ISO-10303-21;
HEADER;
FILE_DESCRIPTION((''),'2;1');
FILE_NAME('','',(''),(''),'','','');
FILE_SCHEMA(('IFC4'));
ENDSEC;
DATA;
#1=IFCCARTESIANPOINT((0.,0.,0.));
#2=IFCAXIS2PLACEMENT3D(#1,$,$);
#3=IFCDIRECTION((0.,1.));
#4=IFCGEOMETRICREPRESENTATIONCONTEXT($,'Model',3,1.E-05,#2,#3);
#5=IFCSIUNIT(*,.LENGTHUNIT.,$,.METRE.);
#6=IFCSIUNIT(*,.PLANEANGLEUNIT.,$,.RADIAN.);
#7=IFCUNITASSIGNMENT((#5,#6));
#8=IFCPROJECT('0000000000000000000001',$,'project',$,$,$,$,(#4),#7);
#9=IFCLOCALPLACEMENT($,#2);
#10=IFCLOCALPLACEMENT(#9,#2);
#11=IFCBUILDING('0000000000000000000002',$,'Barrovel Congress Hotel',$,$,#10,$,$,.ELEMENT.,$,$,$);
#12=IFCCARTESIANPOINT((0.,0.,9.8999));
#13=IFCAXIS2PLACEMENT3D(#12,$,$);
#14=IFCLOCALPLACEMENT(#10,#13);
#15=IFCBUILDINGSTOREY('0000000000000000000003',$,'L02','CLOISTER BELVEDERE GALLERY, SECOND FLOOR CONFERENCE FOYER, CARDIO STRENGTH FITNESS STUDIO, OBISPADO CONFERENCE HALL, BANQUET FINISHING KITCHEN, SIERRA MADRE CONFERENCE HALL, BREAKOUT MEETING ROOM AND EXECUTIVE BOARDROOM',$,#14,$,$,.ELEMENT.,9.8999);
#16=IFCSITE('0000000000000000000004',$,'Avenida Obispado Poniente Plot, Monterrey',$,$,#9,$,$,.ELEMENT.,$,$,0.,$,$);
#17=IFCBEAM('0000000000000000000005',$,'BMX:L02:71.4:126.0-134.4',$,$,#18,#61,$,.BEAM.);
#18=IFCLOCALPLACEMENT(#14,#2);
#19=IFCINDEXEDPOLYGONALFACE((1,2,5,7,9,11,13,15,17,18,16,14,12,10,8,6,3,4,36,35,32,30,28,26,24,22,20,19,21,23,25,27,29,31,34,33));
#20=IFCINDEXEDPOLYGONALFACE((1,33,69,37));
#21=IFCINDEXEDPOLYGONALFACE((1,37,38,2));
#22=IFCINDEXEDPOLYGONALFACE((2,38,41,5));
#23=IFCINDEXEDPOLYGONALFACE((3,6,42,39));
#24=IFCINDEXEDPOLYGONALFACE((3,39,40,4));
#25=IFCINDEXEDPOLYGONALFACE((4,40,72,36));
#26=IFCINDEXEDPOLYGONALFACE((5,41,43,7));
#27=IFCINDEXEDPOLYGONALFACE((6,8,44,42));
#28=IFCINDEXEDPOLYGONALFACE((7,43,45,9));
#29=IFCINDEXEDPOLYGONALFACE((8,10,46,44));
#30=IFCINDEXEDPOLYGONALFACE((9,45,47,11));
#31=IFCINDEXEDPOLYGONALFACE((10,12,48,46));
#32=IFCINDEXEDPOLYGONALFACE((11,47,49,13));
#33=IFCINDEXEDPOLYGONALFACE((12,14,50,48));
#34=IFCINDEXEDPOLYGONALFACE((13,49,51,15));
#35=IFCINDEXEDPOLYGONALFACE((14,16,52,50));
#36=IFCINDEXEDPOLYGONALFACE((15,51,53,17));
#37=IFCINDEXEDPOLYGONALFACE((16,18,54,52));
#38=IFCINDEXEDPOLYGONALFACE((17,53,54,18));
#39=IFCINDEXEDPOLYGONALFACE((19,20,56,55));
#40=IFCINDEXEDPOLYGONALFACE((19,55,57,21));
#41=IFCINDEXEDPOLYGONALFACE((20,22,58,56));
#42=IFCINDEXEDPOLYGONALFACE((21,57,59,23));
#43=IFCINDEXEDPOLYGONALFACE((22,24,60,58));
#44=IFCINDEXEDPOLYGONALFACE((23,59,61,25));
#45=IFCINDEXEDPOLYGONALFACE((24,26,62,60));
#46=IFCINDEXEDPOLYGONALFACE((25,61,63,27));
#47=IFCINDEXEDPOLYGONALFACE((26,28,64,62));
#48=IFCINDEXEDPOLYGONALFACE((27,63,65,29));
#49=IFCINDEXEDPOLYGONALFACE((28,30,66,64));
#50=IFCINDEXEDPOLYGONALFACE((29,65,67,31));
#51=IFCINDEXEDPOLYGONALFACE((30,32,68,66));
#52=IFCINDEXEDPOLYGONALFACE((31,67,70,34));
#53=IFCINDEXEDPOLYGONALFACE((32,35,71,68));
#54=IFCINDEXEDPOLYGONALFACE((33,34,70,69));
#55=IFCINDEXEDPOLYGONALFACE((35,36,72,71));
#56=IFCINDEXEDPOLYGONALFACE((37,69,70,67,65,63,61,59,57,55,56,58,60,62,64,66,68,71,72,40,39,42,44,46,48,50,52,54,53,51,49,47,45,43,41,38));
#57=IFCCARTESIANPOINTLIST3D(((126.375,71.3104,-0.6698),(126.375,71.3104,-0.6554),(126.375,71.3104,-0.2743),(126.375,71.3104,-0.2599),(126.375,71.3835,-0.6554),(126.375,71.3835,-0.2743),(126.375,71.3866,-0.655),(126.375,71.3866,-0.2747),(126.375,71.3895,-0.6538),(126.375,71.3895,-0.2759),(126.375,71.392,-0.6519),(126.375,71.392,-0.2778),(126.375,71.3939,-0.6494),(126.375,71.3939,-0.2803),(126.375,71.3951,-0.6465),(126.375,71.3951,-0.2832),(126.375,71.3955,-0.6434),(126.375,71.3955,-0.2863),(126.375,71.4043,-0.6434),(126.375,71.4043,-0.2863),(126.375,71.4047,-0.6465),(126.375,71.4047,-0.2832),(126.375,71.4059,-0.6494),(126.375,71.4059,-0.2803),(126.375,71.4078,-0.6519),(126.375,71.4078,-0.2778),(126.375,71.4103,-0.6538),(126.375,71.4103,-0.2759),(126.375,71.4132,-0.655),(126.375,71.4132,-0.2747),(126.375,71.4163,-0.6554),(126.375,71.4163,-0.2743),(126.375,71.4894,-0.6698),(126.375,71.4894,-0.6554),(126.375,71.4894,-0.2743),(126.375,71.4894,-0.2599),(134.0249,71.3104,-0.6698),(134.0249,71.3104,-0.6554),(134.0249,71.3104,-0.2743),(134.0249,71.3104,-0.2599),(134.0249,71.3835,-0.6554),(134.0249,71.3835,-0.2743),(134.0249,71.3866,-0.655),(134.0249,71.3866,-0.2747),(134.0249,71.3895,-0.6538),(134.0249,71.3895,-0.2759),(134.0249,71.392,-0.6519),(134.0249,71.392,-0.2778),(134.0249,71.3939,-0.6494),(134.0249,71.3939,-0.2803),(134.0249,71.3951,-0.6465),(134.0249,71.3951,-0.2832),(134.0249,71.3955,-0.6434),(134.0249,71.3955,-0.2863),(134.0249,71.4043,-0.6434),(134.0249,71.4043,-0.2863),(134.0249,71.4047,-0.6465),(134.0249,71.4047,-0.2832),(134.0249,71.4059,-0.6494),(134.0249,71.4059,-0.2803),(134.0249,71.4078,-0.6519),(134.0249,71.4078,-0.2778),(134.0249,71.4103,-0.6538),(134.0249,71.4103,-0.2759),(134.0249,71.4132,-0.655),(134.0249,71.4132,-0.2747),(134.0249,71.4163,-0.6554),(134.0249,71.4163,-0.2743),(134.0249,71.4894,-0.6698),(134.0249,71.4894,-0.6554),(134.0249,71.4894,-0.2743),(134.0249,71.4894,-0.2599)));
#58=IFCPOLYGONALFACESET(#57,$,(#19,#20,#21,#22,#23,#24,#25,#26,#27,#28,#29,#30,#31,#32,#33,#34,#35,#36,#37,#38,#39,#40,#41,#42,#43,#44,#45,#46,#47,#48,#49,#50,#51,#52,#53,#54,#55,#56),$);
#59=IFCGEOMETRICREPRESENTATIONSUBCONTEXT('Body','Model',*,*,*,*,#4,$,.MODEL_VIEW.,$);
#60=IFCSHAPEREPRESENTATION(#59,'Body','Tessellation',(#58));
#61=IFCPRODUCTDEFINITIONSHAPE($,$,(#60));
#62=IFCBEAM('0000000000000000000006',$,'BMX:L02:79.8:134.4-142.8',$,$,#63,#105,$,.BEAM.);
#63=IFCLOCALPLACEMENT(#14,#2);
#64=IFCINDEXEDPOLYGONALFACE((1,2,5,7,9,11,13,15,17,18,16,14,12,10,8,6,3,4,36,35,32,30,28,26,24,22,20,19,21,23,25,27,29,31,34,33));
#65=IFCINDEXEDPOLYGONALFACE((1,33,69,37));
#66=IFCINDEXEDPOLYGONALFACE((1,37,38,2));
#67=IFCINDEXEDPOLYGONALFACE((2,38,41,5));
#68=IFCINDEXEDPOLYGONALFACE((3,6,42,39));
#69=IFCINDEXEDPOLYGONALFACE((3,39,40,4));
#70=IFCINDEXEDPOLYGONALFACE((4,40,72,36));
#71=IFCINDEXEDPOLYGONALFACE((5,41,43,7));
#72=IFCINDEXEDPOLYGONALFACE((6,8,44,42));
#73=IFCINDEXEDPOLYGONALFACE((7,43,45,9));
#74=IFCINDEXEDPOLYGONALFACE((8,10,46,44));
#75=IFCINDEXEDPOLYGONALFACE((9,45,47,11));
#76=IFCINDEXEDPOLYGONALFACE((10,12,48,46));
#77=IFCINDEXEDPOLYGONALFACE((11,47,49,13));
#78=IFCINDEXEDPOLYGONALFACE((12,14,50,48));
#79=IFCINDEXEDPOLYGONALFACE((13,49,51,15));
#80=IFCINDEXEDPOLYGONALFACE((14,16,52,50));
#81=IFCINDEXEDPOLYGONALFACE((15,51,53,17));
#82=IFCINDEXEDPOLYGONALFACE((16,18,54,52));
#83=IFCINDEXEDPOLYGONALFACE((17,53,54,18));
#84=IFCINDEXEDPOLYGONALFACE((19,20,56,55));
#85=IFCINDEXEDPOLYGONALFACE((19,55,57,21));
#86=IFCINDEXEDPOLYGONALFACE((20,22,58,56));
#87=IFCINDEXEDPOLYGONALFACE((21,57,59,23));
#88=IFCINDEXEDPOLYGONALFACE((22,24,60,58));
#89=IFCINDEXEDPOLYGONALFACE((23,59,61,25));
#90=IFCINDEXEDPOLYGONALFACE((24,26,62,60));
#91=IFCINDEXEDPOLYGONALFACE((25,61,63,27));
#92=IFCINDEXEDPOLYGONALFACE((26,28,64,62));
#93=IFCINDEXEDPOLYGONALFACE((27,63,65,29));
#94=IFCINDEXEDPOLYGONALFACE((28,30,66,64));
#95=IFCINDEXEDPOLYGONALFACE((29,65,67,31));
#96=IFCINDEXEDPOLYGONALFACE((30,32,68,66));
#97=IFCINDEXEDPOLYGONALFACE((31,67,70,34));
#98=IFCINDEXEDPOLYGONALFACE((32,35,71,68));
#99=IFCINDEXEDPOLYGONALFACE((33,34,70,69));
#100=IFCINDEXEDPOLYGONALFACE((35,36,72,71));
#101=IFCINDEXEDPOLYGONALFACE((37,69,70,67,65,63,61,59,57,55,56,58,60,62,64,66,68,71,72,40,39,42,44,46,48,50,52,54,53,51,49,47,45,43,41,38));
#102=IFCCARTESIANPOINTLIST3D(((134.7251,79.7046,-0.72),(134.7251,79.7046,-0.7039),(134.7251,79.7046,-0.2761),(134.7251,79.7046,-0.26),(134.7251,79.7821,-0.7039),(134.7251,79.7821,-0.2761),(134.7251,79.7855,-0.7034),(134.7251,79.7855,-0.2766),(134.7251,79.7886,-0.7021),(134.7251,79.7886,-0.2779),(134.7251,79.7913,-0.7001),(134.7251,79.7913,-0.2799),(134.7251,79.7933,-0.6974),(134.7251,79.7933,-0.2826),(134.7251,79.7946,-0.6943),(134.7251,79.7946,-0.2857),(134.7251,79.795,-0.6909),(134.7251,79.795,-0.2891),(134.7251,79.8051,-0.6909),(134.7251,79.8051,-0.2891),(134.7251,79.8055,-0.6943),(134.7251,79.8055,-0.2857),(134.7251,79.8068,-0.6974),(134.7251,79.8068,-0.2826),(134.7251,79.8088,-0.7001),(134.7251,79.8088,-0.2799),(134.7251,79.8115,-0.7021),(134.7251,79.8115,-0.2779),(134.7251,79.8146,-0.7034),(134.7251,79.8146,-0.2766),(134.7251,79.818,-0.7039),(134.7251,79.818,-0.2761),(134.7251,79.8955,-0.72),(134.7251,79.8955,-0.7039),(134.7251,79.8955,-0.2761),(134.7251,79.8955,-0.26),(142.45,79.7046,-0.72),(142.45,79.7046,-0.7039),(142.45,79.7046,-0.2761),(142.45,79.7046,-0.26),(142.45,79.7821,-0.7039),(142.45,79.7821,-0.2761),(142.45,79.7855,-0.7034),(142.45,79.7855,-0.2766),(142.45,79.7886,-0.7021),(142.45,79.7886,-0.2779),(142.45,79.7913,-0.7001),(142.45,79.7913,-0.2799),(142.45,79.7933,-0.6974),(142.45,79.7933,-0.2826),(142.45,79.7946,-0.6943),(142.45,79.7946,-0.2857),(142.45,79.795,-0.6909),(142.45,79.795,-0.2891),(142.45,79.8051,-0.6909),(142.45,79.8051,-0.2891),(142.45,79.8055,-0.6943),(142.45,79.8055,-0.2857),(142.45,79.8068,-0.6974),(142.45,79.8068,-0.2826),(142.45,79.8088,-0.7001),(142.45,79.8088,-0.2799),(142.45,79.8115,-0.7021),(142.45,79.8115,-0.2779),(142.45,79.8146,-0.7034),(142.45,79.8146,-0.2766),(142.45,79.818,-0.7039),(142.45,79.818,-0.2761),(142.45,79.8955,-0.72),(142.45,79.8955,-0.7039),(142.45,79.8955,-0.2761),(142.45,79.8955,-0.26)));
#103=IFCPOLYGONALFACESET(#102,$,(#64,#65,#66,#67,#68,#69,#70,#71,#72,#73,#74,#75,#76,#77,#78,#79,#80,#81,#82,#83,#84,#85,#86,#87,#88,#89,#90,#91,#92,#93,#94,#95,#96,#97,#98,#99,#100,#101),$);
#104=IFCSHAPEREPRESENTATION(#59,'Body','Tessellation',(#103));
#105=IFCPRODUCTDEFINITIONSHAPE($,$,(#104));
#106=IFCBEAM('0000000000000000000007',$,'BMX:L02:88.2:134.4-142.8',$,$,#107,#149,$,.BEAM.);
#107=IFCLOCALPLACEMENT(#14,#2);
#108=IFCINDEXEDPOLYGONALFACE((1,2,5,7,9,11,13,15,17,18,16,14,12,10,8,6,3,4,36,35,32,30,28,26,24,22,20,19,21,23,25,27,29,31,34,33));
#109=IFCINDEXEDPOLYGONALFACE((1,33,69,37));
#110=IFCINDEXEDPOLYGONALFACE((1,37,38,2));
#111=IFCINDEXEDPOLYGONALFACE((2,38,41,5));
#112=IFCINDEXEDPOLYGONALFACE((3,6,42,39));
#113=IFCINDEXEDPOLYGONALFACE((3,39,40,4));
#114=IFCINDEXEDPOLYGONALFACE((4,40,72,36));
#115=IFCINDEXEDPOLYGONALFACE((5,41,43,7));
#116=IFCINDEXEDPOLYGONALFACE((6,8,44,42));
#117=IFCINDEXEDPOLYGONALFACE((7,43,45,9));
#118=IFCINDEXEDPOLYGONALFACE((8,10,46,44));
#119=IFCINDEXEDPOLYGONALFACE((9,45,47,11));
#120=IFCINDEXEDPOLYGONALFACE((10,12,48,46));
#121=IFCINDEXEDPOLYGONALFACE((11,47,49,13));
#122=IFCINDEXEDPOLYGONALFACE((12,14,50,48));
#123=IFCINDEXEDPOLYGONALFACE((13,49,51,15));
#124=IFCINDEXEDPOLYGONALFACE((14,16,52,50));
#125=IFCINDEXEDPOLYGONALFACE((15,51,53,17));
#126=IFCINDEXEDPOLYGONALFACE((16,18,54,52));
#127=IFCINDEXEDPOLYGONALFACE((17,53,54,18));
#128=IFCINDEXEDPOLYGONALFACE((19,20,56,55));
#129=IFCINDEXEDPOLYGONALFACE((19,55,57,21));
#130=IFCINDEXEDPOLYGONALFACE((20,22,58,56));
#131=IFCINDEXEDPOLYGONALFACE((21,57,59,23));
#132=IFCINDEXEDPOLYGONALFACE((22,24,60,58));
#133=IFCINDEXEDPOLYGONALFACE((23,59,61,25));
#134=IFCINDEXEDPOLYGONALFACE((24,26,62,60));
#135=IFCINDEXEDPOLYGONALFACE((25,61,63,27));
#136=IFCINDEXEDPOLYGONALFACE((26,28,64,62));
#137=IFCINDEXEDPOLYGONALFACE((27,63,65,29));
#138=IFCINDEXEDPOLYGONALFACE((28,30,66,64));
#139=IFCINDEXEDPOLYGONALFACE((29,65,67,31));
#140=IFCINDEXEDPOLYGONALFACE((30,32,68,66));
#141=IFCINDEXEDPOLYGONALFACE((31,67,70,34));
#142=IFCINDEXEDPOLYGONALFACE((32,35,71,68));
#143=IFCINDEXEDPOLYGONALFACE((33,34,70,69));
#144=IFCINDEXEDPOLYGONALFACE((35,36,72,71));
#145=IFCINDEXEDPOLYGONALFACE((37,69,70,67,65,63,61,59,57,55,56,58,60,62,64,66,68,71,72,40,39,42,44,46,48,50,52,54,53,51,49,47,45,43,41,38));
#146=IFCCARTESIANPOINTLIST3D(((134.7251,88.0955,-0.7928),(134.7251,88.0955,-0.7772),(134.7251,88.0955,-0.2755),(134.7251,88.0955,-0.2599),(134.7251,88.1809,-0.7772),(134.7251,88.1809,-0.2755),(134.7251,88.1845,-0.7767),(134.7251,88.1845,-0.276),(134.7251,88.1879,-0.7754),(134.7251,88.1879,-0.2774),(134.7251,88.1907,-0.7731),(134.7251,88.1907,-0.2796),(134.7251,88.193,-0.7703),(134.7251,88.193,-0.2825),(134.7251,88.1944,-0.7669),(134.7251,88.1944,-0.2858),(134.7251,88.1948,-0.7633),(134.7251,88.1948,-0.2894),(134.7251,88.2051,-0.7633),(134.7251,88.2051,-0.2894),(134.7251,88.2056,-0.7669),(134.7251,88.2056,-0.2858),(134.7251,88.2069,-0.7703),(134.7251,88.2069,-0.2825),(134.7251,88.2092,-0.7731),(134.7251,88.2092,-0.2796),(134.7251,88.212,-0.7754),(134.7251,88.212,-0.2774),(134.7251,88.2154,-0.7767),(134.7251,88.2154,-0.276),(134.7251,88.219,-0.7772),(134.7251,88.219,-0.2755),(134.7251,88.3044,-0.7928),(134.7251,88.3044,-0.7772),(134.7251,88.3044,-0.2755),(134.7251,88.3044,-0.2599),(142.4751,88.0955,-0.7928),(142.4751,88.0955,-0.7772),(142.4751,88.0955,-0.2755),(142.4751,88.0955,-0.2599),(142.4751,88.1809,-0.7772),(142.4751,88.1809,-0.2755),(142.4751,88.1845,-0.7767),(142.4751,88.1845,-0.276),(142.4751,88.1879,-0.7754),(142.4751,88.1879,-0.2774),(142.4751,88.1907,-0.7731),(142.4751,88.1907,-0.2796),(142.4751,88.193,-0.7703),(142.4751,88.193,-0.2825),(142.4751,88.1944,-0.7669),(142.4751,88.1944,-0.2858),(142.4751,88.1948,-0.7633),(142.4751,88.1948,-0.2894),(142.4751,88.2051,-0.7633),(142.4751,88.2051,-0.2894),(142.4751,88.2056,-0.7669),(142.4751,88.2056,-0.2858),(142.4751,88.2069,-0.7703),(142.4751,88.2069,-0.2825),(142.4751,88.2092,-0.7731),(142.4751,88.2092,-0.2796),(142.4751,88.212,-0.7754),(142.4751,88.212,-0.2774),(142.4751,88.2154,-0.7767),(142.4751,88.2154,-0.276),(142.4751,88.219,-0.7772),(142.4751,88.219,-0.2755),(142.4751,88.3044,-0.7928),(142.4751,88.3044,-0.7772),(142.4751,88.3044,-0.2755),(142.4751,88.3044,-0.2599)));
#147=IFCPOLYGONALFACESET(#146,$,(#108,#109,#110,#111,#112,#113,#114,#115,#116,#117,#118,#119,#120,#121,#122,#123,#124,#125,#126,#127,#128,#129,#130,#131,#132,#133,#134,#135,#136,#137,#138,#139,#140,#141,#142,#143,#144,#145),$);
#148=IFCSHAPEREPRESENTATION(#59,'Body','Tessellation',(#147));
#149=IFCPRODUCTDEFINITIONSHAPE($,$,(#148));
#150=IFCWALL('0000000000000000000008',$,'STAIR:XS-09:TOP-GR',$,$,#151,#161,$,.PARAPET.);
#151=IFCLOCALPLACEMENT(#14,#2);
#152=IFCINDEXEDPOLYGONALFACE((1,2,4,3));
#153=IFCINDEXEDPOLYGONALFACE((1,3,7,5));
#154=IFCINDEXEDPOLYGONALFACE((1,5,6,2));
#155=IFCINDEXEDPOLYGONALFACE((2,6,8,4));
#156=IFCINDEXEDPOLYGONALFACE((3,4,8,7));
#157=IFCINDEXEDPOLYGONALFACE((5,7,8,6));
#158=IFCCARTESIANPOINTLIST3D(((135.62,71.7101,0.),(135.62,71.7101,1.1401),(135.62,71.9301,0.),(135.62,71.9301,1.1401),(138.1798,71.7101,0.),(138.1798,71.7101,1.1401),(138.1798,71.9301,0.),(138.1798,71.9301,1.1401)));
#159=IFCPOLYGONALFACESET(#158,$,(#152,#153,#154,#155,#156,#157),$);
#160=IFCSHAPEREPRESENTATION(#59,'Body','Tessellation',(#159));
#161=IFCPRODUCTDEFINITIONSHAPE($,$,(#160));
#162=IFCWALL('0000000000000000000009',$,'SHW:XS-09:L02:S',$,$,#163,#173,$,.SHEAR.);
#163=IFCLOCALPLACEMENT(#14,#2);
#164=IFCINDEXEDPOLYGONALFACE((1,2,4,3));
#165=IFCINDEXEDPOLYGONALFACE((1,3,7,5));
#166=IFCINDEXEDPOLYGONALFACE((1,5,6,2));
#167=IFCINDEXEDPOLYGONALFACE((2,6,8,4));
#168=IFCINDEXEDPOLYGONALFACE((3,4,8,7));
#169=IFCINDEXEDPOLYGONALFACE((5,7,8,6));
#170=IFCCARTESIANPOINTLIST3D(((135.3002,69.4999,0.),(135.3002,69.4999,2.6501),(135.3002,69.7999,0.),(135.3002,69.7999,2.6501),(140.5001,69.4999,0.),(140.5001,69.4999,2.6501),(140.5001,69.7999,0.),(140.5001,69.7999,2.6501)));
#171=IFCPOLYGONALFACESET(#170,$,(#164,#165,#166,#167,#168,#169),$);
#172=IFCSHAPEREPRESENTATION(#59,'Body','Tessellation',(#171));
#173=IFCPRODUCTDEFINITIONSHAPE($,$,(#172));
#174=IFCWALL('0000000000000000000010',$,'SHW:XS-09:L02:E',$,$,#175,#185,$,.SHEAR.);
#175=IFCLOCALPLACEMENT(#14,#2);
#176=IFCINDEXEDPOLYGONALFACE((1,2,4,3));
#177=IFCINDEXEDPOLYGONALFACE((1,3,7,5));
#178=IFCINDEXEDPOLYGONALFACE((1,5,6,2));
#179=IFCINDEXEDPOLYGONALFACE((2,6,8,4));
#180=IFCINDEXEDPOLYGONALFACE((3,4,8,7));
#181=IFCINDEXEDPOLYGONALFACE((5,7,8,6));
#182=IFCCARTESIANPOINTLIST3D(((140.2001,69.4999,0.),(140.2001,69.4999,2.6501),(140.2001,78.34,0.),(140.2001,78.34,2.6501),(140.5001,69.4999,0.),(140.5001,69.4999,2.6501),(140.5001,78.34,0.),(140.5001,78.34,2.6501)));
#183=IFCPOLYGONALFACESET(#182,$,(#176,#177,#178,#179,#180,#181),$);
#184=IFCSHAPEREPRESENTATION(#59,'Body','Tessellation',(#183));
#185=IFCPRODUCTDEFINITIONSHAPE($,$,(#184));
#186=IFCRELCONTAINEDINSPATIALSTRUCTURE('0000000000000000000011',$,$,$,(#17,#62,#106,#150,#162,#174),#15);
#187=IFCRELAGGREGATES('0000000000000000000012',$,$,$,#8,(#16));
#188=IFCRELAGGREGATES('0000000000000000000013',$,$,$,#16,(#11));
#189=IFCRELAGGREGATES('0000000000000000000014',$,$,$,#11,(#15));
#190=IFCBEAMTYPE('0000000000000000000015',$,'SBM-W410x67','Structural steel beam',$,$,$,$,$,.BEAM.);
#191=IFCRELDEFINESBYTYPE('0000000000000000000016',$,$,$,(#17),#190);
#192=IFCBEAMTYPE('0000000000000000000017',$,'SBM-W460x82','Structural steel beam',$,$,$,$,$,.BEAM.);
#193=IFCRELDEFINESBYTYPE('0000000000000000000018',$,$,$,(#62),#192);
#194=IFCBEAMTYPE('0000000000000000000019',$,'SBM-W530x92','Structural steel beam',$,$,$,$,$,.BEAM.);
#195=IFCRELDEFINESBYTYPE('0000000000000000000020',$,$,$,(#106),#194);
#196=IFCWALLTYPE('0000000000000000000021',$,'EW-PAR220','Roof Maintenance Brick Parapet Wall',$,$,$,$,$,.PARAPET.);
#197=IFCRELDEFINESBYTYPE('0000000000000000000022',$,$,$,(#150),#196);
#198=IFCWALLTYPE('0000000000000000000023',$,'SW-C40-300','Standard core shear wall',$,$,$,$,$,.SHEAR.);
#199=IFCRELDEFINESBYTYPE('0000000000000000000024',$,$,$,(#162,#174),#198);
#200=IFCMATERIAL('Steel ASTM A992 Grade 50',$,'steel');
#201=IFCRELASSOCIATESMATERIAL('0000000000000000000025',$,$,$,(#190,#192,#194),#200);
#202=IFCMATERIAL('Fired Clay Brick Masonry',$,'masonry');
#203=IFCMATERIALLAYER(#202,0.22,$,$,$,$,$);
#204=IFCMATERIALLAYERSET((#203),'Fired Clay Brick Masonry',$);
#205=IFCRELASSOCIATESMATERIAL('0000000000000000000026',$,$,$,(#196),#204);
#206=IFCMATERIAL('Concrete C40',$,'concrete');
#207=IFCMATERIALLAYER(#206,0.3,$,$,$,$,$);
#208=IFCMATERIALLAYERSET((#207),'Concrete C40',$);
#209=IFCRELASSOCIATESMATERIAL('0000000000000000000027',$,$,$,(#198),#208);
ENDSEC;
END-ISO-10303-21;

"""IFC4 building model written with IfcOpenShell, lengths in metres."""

from ifc_helpers import new_model, si_unit, direction, frame, frame_2d, origin, origin_2d, place, context, subcontext, project, spatial, rectangle, i_section, extrude, material, layer, layer_set, material_profile, profile_set, type_object, element, save


model = new_model("IFC4")

# Units and contexts
model_context = context("Model", 3, precision=1e-05, world=origin(), true_north=direction((0.0, 1.0)))
body_context = subcontext(model_context, "Body", "Model", "MODEL_VIEW")
ifc_project = project(units=[si_unit("LENGTHUNIT", "METRE"), si_unit("PLANEANGLEUNIT", "RADIAN")], contexts=[model_context])

# Site, building, storey
site_placement = place(None, origin())
site = spatial("IfcSite", under=ifc_project, at=site_placement, Name="Avenida Obispado Poniente Plot, Monterrey", CompositionType="ELEMENT", RefElevation=0.0)
building_placement = place(site_placement, origin())
building = spatial("IfcBuilding", under=site, at=building_placement, Name="Barrovel Congress Hotel", CompositionType="ELEMENT")
storey_placement = place(building_placement, frame((0.0, 0.0, 9.8999)))
storey = spatial("IfcBuildingStorey", under=building, at=storey_placement, Name="L02", Description="CLOISTER BELVEDERE GALLERY, SECOND FLOOR CONFERENCE FOYER, CARDIO STRENGTH FITNESS STUDIO, OBISPADO CONFERENCE HALL, BANQUET FINISHING KITCHEN, SIERRA MADRE CONFERENCE HALL, BREAKOUT MEETING ROOM AND EXECUTIVE BOARDROOM", CompositionType="ELEMENT", Elevation=9.8999)

# Shared definitions
ifc_material_1 = material(Name="Concrete C40", Category="concrete")

# Beams
ifc_material_2 = material(Name="Steel ASTM A992 Grade 50", Category="steel")
ifc_material_profile_1 = material_profile(ifc_material_2, i_section(OverallWidth=0.179, OverallDepth=0.4099, WebThickness=0.0088, FlangeThickness=0.0144, FilletRadius=0.012, at=origin_2d()), Name="W410x67")
ifc_profile_set_1 = profile_set([ifc_material_profile_1], Name="Steel ASTM A992 Grade 50")
beam_type_1 = type_object("IfcBeamType", Name="SBM-W410x67", Description="Structural steel beam", PredefinedType="BEAM", material=ifc_profile_set_1)
beam_1_placement = place(storey_placement, frame((126.375, 71.3999, -0.4648), z_axis=(1.0, 0.0, 0.0), x_axis=(0.0, 1.0, 0.0)))
element("IfcBeam", 1, at=beam_1_placement, inside=storey, type_object=beam_type_1, Name="BMX:L02:71.4:126.0-134.4", PredefinedType="BEAM", context=body_context, shape_type="SweptSolid", body=[
    extrude(i_section(OverallWidth=0.179, OverallDepth=0.4099, WebThickness=0.0088, FlangeThickness=0.0144, FilletRadius=0.012, at=origin_2d()), origin(), (0.0, 0.0, 1.0), 7.6499),
])
ifc_material_profile_2 = material_profile(ifc_material_2, i_section(OverallWidth=0.1909, OverallDepth=0.46, WebThickness=0.01, FlangeThickness=0.0161, FilletRadius=0.0129, at=origin_2d()), Name="W460x82")
ifc_profile_set_2 = profile_set([ifc_material_profile_2], Name="Steel ASTM A992 Grade 50")
beam_type_2 = type_object("IfcBeamType", Name="SBM-W460x82", Description="Structural steel beam", PredefinedType="BEAM", material=ifc_profile_set_2)
beam_2_placement = place(storey_placement, frame((134.7251, 79.8, -0.49), z_axis=(1.0, 0.0, 0.0), x_axis=(0.0, 1.0, 0.0)))
element("IfcBeam", 2, at=beam_2_placement, inside=storey, type_object=beam_type_2, Name="BMX:L02:79.8:134.4-142.8", PredefinedType="BEAM", context=body_context, shape_type="SweptSolid", body=[
    extrude(i_section(OverallWidth=0.1909, OverallDepth=0.46, WebThickness=0.01, FlangeThickness=0.0161, FilletRadius=0.0129, at=origin_2d()), origin(), (0.0, 0.0, 1.0), 7.7249),
])
ifc_material_profile_3 = material_profile(ifc_material_2, i_section(OverallWidth=0.209, OverallDepth=0.533, WebThickness=0.0103, FlangeThickness=0.0156, FilletRadius=0.0139, at=origin_2d()), Name="W530x92")
ifc_profile_set_3 = profile_set([ifc_material_profile_3], Name="Steel ASTM A992 Grade 50")
beam_type_3 = type_object("IfcBeamType", Name="SBM-W530x92", Description="Structural steel beam", PredefinedType="BEAM", material=ifc_profile_set_3)
beam_3_placement = place(storey_placement, frame((134.7251, 88.2, -0.5264), z_axis=(1.0, 0.0, 0.0), x_axis=(0.0, 1.0, 0.0)))
element("IfcBeam", 3, at=beam_3_placement, inside=storey, type_object=beam_type_3, Name="BMX:L02:88.2:134.4-142.8", PredefinedType="BEAM", context=body_context, shape_type="SweptSolid", body=[
    extrude(i_section(OverallWidth=0.209, OverallDepth=0.533, WebThickness=0.0103, FlangeThickness=0.0156, FilletRadius=0.0139, at=origin_2d()), origin(), (0.0, 0.0, 1.0), 7.75),
])

# Walls
ifc_material_3 = material(Name="Fired Clay Brick Masonry", Category="masonry")
ifc_layer_1 = layer(ifc_material_3, 0.22)
ifc_layer_set_1 = layer_set([ifc_layer_1], Name="Fired Clay Brick Masonry")
wall_type_1 = type_object("IfcWallType", Name="EW-PAR220", Description="Roof Maintenance Brick Parapet Wall", PredefinedType="PARAPET", material=ifc_layer_set_1)
wall_1_placement = place(storey_placement, frame((135.6201, 71.8201, 0.0), z_axis=(0.0, 0.0, 1.0), x_axis=(1.0, 0.0, 0.0)))
element("IfcWall", 4, at=wall_1_placement, inside=storey, type_object=wall_type_1, Name="STAIR:XS-09:TOP-GR", PredefinedType="PARAPET", context=body_context, shape_type="SweptSolid", body=[
    extrude(rectangle(XDim=2.5598, YDim=0.22, at=frame_2d((1.2798, 0.0))), origin(), (0.0, 0.0, 1.0), 1.1401),
])
ifc_layer_2 = layer(ifc_material_1, 0.3)
ifc_layer_set_2 = layer_set([ifc_layer_2], Name="Concrete C40")
wall_type_2 = type_object("IfcWallType", Name="SW-C40-300", Description="Standard core shear wall", PredefinedType="SHEAR", material=ifc_layer_set_2)
wall_2_placement = place(storey_placement, frame((135.3, 69.6499, 0.0), z_axis=(0.0, 0.0, 1.0), x_axis=(1.0, 0.0, 0.0)))
element("IfcWall", 5, at=wall_2_placement, inside=storey, type_object=wall_type_2, Name="SHW:XS-09:L02:S", PredefinedType="SHEAR", context=body_context, shape_type="SweptSolid", body=[
    extrude(rectangle(XDim=5.2, YDim=0.3, at=frame_2d((2.6001, 0.0))), origin(), (0.0, 0.0, 1.0), 2.6501),
])
wall_3_placement = place(storey_placement, frame((140.3501, 69.5, 0.0), z_axis=(0.0, 0.0, 1.0), x_axis=(0.0, 1.0, 0.0)))
element("IfcWall", 6, at=wall_3_placement, inside=storey, type_object=wall_type_2, Name="SHW:XS-09:L02:E", PredefinedType="SHEAR", context=body_context, shape_type="SweptSolid", body=[
    extrude(rectangle(XDim=8.8401, YDim=0.3, at=frame_2d((4.4199, 0.0))), origin(), (0.0, 0.0, 1.0), 2.6501),
])

save(model, "model.ifc")
